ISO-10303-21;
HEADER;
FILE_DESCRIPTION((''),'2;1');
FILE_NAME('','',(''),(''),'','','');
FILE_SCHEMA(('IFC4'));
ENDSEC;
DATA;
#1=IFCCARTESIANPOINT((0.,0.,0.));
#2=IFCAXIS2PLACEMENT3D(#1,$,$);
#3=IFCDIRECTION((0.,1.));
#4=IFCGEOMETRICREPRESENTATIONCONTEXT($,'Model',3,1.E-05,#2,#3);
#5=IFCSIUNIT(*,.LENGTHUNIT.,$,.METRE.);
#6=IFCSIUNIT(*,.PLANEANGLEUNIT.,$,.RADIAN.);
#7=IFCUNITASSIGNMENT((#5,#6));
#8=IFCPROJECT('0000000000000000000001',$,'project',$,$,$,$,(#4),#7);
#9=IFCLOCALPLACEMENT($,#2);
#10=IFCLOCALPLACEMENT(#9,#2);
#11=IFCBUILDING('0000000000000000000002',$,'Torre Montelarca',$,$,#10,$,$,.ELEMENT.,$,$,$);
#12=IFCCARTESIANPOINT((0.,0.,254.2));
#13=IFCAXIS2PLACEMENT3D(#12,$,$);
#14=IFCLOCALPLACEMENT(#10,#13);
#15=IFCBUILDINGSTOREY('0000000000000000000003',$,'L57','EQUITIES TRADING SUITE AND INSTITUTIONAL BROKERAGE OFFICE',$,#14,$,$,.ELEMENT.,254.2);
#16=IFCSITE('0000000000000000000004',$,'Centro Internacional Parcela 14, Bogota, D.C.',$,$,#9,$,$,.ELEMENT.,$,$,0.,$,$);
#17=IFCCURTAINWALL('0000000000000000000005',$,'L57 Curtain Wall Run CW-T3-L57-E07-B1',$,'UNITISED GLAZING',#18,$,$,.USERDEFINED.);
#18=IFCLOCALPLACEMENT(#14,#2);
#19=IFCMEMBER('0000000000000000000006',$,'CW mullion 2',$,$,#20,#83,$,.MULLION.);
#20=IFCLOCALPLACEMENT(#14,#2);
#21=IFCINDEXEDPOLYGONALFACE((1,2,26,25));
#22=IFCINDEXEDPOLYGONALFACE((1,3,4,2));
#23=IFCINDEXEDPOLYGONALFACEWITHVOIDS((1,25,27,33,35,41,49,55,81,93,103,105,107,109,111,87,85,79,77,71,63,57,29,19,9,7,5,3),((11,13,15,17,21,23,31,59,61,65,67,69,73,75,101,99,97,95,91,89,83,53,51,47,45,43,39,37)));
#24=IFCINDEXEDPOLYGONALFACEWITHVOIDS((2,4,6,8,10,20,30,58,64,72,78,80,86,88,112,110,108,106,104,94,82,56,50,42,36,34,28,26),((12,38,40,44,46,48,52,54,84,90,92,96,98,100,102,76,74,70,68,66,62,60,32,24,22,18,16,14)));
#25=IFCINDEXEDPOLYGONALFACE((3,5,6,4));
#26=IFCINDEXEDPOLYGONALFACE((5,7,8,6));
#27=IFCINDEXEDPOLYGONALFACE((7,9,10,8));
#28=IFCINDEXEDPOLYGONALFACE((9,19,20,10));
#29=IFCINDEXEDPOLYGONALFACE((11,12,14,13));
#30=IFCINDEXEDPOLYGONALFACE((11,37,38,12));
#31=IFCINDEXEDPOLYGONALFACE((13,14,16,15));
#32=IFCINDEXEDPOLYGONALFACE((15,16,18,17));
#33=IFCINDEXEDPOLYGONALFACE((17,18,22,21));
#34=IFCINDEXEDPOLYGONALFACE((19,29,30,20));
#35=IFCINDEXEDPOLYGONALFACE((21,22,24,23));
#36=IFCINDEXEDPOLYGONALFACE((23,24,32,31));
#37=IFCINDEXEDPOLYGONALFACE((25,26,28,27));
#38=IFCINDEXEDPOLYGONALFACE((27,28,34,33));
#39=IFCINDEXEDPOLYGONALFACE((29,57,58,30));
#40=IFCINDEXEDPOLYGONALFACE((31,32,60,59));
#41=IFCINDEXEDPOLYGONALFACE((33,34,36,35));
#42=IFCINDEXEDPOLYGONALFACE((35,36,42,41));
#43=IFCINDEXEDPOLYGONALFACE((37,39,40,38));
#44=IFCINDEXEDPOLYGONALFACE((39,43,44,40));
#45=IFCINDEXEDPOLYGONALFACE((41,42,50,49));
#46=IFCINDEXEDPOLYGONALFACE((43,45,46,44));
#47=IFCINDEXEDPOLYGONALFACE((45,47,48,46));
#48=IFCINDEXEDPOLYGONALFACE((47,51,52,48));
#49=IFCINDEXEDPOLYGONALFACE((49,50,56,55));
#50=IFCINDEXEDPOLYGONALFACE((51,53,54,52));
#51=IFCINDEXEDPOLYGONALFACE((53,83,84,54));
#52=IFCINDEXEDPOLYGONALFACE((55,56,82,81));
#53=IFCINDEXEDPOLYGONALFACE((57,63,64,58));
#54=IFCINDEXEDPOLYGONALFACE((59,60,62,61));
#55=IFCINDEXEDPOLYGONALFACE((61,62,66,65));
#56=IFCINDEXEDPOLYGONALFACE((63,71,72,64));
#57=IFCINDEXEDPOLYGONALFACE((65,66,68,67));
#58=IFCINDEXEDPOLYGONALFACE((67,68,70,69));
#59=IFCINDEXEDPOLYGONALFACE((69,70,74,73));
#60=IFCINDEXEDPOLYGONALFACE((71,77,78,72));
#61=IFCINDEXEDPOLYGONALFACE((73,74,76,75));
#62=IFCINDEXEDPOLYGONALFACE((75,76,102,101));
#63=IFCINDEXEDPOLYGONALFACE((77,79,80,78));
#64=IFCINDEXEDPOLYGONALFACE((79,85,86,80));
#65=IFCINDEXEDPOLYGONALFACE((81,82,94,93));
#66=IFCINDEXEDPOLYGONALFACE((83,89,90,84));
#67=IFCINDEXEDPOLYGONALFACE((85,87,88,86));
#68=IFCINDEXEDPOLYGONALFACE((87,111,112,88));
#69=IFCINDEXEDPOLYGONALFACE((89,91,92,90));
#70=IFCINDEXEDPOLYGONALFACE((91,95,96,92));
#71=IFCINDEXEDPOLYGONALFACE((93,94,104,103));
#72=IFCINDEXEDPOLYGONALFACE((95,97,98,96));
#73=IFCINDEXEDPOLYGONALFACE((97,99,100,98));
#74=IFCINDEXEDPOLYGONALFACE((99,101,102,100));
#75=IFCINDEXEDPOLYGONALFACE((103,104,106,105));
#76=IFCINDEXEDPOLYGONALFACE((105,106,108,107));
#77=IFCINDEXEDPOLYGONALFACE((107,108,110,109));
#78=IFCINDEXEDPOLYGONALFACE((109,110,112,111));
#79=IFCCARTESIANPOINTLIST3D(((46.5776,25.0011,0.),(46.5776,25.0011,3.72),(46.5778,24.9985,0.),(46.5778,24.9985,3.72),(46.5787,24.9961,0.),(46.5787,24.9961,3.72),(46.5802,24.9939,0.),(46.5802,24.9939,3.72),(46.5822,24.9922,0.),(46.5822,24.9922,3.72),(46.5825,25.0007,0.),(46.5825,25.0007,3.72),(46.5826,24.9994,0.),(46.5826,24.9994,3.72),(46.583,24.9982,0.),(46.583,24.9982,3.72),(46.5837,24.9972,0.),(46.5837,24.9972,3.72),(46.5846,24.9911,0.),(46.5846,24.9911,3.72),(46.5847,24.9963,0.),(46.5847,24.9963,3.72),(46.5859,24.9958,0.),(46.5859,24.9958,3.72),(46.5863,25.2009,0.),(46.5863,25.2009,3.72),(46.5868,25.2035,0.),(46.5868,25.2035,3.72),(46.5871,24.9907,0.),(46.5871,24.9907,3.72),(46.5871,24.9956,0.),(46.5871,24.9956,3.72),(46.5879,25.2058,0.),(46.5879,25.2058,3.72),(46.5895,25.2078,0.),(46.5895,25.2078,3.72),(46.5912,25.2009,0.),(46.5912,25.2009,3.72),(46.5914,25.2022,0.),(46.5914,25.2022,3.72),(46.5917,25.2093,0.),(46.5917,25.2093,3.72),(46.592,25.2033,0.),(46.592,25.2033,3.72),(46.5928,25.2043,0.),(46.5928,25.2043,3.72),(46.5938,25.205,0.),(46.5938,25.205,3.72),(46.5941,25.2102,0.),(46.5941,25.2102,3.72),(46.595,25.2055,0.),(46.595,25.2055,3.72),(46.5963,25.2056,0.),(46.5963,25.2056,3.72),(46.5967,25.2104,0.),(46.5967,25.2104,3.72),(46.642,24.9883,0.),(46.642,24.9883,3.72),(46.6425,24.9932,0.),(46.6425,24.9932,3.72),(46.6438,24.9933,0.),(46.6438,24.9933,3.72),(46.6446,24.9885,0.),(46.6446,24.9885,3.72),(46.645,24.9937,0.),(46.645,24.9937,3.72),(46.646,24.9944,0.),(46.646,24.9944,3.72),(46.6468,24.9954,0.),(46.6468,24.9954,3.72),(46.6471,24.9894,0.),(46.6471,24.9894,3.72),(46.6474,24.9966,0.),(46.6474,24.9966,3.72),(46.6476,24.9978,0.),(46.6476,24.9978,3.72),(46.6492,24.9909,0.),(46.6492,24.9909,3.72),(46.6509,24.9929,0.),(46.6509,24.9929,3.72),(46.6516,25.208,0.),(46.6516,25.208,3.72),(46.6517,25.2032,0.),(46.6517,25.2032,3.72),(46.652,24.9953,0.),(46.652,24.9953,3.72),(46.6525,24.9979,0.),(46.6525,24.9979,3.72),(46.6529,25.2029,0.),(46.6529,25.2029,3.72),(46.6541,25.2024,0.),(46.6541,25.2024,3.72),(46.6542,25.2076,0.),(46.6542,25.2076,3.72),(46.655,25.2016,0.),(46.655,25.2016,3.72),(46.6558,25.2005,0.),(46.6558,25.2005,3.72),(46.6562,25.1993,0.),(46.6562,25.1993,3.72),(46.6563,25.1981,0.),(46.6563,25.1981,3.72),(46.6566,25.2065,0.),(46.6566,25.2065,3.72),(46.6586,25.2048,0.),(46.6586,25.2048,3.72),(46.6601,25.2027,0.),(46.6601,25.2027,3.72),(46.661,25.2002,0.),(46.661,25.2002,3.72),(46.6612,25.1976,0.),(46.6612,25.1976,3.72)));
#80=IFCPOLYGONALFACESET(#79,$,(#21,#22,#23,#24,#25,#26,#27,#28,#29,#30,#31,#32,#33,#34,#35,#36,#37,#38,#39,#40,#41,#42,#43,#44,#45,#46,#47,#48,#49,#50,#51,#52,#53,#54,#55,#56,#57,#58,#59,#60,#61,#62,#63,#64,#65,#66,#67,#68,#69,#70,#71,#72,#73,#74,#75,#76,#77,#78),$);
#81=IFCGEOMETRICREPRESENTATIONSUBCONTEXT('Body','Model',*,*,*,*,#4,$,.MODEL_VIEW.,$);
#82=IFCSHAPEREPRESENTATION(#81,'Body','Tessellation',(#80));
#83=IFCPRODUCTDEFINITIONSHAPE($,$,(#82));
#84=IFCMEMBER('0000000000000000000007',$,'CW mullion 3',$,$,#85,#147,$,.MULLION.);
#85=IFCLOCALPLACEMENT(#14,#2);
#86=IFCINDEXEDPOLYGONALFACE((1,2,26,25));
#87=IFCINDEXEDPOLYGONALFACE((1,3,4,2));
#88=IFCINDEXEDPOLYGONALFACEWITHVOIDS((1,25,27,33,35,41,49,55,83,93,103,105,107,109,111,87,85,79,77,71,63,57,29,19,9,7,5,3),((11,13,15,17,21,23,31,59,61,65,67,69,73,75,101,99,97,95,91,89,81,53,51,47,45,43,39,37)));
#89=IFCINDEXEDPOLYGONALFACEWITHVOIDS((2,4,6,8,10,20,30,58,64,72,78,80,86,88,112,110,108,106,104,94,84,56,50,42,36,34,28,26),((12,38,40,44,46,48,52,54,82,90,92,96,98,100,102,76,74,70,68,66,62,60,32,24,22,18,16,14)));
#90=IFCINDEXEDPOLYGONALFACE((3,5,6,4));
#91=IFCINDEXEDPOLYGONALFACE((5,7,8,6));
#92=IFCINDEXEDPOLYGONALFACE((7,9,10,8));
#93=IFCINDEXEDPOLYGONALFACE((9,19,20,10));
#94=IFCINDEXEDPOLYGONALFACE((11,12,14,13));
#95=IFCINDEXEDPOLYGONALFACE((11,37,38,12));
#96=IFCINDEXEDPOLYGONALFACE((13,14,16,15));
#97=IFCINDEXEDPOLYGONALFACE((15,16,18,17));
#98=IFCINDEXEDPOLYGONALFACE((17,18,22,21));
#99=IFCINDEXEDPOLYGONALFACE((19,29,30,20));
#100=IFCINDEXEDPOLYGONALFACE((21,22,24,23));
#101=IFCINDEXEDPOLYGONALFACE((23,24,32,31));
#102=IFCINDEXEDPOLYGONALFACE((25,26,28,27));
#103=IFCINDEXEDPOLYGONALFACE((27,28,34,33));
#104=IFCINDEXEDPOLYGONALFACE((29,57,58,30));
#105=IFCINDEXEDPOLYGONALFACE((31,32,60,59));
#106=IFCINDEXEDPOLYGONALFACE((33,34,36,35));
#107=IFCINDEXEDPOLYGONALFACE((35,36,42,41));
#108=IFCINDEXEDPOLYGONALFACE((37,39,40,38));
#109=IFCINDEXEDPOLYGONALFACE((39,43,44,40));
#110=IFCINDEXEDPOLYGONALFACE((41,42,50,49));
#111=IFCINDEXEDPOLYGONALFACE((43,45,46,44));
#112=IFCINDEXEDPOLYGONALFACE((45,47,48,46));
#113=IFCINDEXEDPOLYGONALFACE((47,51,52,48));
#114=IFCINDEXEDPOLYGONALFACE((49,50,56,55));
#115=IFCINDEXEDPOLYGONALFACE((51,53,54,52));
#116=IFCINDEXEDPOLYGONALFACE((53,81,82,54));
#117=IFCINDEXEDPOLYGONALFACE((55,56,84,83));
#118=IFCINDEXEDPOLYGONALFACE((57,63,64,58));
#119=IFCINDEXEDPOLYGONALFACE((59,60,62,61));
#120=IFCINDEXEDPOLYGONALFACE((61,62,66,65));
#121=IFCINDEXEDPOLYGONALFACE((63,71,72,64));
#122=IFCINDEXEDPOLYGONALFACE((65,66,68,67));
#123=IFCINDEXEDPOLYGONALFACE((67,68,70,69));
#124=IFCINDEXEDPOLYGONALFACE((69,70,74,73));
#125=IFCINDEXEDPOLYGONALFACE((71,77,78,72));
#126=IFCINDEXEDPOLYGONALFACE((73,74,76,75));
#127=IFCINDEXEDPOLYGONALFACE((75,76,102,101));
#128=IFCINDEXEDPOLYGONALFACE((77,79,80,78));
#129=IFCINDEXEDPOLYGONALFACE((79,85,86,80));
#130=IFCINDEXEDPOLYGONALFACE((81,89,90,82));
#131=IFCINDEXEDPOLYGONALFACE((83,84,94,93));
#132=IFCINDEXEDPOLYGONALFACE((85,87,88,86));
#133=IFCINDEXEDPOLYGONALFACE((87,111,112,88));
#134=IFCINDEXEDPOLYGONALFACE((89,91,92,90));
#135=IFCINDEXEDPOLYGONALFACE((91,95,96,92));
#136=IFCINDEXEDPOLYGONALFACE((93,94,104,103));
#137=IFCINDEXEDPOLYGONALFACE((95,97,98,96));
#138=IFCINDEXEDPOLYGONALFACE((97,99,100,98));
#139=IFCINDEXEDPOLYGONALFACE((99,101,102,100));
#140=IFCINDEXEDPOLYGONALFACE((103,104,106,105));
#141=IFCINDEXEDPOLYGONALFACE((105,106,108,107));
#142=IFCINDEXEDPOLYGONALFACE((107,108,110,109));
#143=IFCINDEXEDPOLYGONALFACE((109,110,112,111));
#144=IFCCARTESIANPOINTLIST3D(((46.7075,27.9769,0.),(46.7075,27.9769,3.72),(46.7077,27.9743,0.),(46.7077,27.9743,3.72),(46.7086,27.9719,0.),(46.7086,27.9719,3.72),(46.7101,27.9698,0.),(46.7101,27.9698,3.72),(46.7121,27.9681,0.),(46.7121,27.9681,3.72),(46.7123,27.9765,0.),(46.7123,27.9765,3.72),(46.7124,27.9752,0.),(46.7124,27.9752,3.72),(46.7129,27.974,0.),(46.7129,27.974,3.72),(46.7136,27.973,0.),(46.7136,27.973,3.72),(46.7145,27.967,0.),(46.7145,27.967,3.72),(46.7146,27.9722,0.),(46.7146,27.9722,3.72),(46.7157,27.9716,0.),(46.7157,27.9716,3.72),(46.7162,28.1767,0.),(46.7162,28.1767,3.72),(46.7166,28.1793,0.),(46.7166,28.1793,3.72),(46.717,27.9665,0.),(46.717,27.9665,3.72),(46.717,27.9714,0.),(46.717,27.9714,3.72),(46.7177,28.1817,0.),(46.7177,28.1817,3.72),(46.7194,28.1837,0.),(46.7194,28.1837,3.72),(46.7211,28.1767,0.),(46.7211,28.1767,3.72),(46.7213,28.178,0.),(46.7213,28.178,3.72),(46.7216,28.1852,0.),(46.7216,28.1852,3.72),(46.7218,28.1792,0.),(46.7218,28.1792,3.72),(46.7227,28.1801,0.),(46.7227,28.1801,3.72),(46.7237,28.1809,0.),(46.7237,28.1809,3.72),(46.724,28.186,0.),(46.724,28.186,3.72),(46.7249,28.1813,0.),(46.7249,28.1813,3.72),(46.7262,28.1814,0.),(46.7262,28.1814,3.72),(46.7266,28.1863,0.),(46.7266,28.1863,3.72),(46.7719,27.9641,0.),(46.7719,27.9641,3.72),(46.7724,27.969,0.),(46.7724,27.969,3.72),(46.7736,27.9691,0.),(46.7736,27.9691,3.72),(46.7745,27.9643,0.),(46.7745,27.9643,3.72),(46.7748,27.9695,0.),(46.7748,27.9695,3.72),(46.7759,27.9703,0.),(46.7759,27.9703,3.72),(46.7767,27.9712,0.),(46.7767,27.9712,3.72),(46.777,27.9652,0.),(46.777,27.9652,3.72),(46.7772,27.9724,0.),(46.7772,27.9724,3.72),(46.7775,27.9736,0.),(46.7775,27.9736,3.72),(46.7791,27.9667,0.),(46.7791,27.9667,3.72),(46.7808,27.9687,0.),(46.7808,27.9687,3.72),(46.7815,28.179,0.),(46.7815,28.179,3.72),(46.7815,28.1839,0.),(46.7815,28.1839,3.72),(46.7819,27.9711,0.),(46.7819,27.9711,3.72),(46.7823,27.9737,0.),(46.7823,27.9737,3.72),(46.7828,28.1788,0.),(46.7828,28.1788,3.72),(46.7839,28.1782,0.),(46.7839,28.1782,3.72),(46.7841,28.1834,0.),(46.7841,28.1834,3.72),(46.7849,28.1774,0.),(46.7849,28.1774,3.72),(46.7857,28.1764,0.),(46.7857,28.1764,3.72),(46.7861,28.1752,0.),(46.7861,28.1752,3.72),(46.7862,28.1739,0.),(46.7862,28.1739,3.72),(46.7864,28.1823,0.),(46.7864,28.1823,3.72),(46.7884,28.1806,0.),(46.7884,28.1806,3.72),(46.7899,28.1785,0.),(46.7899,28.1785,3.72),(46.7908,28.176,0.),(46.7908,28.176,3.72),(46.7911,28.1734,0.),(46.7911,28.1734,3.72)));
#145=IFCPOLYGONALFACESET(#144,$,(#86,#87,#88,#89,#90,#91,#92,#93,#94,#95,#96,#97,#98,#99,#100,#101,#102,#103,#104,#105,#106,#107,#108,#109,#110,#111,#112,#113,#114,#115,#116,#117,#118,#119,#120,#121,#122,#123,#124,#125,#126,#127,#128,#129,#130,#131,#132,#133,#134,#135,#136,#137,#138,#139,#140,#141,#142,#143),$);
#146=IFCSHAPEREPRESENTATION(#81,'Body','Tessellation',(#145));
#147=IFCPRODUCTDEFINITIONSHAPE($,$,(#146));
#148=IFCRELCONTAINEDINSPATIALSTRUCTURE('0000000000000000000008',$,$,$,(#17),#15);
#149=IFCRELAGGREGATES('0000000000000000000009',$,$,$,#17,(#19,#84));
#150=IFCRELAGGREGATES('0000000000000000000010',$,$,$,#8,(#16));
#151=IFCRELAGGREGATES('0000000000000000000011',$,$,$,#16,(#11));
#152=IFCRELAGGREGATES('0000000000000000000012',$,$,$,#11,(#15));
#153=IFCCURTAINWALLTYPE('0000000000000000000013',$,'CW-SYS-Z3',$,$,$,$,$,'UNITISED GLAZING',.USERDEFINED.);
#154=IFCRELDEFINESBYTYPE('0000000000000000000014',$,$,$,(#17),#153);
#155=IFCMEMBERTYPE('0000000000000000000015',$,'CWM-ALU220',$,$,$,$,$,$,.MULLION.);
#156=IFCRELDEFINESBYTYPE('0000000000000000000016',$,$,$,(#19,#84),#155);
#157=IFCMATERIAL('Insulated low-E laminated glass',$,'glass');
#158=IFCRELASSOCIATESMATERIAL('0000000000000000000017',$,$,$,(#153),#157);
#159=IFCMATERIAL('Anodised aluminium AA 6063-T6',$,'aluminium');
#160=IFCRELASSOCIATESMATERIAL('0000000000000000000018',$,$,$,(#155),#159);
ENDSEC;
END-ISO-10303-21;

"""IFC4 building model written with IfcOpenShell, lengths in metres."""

from ifc_helpers import new_model, si_unit, direction, frame, origin, origin_2d, place, context, subcontext, project, spatial, hollow_rectangle, extrude, source, transform, mapped, material, material_profile, profile_set, type_object, element, aggregate, save


model = new_model("IFC4")

# Units and contexts
model_context = context("Model", 3, precision=1e-05, world=origin(), true_north=direction((0.0, 1.0)))
body_context = subcontext(model_context, "Body", "Model", "MODEL_VIEW")
ifc_project = project(units=[si_unit("LENGTHUNIT", "METRE"), si_unit("PLANEANGLEUNIT", "RADIAN")], contexts=[model_context])

# Site, building, storey
site_placement = place(None, origin())
site = spatial("IfcSite", under=ifc_project, at=site_placement, Name="Centro Internacional Parcela 14, Bogota, D.C.", CompositionType="ELEMENT", RefElevation=0.0)
building_placement = place(site_placement, origin())
building = spatial("IfcBuilding", under=site, at=building_placement, Name="Torre Montelarca", CompositionType="ELEMENT")
storey_placement = place(building_placement, frame((0.0, 0.0, 254.2)))
storey = spatial("IfcBuildingStorey", under=building, at=storey_placement, Name="L57", Description="EQUITIES TRADING SUITE AND INSTITUTIONAL BROKERAGE OFFICE", CompositionType="ELEMENT", Elevation=254.2)

# Curtain wall
ifc_material_1 = material(Name="Insulated low-E laminated glass", Category="glass")
curtain_wall_type = type_object("IfcCurtainWallType", Name="CW-SYS-Z3", ElementType="UNITISED GLAZING", PredefinedType="USERDEFINED", material=ifc_material_1)
curtain_wall_1_placement = place(storey_placement, origin())
curtain_wall_1 = element("IfcCurtainWall", 1, at=curtain_wall_1_placement, inside=storey, type_object=curtain_wall_type, Name="L57 Curtain Wall Run CW-T3-L57-E07-B1", ObjectType="UNITISED GLAZING", PredefinedType="USERDEFINED")
ifc_material_2 = material(Name="Anodised aluminium AA 6063-T6", Category="aluminium")
ifc_material_profile_1 = material_profile(ifc_material_2, hollow_rectangle(XDim=0.075, YDim=0.22, WallThickness=0.0049, InnerFilletRadius=0.0049, OuterFilletRadius=0.01, at=origin_2d()), Name="ALU75X220X5", Category="aluminium")
ifc_profile_set_1 = profile_set([ifc_material_profile_1], Name="Anodised aluminium AA 6063-T6")
member_type_1 = type_object("IfcMemberType", Name="CWM-ALU220", PredefinedType="MULLION", material=ifc_profile_set_1)
shared_shape_1 = source(origin(), body_context, "Body", "SweptSolid", [
    extrude(hollow_rectangle(XDim=0.075, YDim=0.22, WallThickness=0.0049, InnerFilletRadius=0.0049, OuterFilletRadius=0.01, at=origin_2d()), origin(), (0.0, 0.0, 1.0), 3.72),
])

# Members
member_1_placement = place(storey_placement, frame((46.6194, 25.0994, 0.0), z_axis=(0.0, 0.0, 1.0), x_axis=(-0.999048, 0.043616, 0.0)))
member_1 = element("IfcMember", 2, at=member_1_placement, type_object=member_type_1, Name="CW mullion 2", PredefinedType="MULLION", context=body_context, shape_type="MappedRepresentation", body=[
    mapped(shared_shape_1, transform((0.0, 0.0, 0.0), scale=1.0)),
])
member_2_placement = place(storey_placement, frame((46.7493, 28.0752, 0.0), z_axis=(0.0, 0.0, 1.0), x_axis=(-0.999048, 0.043616, 0.0)))
member_2 = element("IfcMember", 3, at=member_2_placement, type_object=member_type_1, Name="CW mullion 3", PredefinedType="MULLION", context=body_context, shape_type="MappedRepresentation", body=[
    mapped(shared_shape_1, transform((0.0, 0.0, 0.0), scale=1.0)),
])

aggregate(curtain_wall_1, [member_1, member_2])

save(model, "model.ifc")
